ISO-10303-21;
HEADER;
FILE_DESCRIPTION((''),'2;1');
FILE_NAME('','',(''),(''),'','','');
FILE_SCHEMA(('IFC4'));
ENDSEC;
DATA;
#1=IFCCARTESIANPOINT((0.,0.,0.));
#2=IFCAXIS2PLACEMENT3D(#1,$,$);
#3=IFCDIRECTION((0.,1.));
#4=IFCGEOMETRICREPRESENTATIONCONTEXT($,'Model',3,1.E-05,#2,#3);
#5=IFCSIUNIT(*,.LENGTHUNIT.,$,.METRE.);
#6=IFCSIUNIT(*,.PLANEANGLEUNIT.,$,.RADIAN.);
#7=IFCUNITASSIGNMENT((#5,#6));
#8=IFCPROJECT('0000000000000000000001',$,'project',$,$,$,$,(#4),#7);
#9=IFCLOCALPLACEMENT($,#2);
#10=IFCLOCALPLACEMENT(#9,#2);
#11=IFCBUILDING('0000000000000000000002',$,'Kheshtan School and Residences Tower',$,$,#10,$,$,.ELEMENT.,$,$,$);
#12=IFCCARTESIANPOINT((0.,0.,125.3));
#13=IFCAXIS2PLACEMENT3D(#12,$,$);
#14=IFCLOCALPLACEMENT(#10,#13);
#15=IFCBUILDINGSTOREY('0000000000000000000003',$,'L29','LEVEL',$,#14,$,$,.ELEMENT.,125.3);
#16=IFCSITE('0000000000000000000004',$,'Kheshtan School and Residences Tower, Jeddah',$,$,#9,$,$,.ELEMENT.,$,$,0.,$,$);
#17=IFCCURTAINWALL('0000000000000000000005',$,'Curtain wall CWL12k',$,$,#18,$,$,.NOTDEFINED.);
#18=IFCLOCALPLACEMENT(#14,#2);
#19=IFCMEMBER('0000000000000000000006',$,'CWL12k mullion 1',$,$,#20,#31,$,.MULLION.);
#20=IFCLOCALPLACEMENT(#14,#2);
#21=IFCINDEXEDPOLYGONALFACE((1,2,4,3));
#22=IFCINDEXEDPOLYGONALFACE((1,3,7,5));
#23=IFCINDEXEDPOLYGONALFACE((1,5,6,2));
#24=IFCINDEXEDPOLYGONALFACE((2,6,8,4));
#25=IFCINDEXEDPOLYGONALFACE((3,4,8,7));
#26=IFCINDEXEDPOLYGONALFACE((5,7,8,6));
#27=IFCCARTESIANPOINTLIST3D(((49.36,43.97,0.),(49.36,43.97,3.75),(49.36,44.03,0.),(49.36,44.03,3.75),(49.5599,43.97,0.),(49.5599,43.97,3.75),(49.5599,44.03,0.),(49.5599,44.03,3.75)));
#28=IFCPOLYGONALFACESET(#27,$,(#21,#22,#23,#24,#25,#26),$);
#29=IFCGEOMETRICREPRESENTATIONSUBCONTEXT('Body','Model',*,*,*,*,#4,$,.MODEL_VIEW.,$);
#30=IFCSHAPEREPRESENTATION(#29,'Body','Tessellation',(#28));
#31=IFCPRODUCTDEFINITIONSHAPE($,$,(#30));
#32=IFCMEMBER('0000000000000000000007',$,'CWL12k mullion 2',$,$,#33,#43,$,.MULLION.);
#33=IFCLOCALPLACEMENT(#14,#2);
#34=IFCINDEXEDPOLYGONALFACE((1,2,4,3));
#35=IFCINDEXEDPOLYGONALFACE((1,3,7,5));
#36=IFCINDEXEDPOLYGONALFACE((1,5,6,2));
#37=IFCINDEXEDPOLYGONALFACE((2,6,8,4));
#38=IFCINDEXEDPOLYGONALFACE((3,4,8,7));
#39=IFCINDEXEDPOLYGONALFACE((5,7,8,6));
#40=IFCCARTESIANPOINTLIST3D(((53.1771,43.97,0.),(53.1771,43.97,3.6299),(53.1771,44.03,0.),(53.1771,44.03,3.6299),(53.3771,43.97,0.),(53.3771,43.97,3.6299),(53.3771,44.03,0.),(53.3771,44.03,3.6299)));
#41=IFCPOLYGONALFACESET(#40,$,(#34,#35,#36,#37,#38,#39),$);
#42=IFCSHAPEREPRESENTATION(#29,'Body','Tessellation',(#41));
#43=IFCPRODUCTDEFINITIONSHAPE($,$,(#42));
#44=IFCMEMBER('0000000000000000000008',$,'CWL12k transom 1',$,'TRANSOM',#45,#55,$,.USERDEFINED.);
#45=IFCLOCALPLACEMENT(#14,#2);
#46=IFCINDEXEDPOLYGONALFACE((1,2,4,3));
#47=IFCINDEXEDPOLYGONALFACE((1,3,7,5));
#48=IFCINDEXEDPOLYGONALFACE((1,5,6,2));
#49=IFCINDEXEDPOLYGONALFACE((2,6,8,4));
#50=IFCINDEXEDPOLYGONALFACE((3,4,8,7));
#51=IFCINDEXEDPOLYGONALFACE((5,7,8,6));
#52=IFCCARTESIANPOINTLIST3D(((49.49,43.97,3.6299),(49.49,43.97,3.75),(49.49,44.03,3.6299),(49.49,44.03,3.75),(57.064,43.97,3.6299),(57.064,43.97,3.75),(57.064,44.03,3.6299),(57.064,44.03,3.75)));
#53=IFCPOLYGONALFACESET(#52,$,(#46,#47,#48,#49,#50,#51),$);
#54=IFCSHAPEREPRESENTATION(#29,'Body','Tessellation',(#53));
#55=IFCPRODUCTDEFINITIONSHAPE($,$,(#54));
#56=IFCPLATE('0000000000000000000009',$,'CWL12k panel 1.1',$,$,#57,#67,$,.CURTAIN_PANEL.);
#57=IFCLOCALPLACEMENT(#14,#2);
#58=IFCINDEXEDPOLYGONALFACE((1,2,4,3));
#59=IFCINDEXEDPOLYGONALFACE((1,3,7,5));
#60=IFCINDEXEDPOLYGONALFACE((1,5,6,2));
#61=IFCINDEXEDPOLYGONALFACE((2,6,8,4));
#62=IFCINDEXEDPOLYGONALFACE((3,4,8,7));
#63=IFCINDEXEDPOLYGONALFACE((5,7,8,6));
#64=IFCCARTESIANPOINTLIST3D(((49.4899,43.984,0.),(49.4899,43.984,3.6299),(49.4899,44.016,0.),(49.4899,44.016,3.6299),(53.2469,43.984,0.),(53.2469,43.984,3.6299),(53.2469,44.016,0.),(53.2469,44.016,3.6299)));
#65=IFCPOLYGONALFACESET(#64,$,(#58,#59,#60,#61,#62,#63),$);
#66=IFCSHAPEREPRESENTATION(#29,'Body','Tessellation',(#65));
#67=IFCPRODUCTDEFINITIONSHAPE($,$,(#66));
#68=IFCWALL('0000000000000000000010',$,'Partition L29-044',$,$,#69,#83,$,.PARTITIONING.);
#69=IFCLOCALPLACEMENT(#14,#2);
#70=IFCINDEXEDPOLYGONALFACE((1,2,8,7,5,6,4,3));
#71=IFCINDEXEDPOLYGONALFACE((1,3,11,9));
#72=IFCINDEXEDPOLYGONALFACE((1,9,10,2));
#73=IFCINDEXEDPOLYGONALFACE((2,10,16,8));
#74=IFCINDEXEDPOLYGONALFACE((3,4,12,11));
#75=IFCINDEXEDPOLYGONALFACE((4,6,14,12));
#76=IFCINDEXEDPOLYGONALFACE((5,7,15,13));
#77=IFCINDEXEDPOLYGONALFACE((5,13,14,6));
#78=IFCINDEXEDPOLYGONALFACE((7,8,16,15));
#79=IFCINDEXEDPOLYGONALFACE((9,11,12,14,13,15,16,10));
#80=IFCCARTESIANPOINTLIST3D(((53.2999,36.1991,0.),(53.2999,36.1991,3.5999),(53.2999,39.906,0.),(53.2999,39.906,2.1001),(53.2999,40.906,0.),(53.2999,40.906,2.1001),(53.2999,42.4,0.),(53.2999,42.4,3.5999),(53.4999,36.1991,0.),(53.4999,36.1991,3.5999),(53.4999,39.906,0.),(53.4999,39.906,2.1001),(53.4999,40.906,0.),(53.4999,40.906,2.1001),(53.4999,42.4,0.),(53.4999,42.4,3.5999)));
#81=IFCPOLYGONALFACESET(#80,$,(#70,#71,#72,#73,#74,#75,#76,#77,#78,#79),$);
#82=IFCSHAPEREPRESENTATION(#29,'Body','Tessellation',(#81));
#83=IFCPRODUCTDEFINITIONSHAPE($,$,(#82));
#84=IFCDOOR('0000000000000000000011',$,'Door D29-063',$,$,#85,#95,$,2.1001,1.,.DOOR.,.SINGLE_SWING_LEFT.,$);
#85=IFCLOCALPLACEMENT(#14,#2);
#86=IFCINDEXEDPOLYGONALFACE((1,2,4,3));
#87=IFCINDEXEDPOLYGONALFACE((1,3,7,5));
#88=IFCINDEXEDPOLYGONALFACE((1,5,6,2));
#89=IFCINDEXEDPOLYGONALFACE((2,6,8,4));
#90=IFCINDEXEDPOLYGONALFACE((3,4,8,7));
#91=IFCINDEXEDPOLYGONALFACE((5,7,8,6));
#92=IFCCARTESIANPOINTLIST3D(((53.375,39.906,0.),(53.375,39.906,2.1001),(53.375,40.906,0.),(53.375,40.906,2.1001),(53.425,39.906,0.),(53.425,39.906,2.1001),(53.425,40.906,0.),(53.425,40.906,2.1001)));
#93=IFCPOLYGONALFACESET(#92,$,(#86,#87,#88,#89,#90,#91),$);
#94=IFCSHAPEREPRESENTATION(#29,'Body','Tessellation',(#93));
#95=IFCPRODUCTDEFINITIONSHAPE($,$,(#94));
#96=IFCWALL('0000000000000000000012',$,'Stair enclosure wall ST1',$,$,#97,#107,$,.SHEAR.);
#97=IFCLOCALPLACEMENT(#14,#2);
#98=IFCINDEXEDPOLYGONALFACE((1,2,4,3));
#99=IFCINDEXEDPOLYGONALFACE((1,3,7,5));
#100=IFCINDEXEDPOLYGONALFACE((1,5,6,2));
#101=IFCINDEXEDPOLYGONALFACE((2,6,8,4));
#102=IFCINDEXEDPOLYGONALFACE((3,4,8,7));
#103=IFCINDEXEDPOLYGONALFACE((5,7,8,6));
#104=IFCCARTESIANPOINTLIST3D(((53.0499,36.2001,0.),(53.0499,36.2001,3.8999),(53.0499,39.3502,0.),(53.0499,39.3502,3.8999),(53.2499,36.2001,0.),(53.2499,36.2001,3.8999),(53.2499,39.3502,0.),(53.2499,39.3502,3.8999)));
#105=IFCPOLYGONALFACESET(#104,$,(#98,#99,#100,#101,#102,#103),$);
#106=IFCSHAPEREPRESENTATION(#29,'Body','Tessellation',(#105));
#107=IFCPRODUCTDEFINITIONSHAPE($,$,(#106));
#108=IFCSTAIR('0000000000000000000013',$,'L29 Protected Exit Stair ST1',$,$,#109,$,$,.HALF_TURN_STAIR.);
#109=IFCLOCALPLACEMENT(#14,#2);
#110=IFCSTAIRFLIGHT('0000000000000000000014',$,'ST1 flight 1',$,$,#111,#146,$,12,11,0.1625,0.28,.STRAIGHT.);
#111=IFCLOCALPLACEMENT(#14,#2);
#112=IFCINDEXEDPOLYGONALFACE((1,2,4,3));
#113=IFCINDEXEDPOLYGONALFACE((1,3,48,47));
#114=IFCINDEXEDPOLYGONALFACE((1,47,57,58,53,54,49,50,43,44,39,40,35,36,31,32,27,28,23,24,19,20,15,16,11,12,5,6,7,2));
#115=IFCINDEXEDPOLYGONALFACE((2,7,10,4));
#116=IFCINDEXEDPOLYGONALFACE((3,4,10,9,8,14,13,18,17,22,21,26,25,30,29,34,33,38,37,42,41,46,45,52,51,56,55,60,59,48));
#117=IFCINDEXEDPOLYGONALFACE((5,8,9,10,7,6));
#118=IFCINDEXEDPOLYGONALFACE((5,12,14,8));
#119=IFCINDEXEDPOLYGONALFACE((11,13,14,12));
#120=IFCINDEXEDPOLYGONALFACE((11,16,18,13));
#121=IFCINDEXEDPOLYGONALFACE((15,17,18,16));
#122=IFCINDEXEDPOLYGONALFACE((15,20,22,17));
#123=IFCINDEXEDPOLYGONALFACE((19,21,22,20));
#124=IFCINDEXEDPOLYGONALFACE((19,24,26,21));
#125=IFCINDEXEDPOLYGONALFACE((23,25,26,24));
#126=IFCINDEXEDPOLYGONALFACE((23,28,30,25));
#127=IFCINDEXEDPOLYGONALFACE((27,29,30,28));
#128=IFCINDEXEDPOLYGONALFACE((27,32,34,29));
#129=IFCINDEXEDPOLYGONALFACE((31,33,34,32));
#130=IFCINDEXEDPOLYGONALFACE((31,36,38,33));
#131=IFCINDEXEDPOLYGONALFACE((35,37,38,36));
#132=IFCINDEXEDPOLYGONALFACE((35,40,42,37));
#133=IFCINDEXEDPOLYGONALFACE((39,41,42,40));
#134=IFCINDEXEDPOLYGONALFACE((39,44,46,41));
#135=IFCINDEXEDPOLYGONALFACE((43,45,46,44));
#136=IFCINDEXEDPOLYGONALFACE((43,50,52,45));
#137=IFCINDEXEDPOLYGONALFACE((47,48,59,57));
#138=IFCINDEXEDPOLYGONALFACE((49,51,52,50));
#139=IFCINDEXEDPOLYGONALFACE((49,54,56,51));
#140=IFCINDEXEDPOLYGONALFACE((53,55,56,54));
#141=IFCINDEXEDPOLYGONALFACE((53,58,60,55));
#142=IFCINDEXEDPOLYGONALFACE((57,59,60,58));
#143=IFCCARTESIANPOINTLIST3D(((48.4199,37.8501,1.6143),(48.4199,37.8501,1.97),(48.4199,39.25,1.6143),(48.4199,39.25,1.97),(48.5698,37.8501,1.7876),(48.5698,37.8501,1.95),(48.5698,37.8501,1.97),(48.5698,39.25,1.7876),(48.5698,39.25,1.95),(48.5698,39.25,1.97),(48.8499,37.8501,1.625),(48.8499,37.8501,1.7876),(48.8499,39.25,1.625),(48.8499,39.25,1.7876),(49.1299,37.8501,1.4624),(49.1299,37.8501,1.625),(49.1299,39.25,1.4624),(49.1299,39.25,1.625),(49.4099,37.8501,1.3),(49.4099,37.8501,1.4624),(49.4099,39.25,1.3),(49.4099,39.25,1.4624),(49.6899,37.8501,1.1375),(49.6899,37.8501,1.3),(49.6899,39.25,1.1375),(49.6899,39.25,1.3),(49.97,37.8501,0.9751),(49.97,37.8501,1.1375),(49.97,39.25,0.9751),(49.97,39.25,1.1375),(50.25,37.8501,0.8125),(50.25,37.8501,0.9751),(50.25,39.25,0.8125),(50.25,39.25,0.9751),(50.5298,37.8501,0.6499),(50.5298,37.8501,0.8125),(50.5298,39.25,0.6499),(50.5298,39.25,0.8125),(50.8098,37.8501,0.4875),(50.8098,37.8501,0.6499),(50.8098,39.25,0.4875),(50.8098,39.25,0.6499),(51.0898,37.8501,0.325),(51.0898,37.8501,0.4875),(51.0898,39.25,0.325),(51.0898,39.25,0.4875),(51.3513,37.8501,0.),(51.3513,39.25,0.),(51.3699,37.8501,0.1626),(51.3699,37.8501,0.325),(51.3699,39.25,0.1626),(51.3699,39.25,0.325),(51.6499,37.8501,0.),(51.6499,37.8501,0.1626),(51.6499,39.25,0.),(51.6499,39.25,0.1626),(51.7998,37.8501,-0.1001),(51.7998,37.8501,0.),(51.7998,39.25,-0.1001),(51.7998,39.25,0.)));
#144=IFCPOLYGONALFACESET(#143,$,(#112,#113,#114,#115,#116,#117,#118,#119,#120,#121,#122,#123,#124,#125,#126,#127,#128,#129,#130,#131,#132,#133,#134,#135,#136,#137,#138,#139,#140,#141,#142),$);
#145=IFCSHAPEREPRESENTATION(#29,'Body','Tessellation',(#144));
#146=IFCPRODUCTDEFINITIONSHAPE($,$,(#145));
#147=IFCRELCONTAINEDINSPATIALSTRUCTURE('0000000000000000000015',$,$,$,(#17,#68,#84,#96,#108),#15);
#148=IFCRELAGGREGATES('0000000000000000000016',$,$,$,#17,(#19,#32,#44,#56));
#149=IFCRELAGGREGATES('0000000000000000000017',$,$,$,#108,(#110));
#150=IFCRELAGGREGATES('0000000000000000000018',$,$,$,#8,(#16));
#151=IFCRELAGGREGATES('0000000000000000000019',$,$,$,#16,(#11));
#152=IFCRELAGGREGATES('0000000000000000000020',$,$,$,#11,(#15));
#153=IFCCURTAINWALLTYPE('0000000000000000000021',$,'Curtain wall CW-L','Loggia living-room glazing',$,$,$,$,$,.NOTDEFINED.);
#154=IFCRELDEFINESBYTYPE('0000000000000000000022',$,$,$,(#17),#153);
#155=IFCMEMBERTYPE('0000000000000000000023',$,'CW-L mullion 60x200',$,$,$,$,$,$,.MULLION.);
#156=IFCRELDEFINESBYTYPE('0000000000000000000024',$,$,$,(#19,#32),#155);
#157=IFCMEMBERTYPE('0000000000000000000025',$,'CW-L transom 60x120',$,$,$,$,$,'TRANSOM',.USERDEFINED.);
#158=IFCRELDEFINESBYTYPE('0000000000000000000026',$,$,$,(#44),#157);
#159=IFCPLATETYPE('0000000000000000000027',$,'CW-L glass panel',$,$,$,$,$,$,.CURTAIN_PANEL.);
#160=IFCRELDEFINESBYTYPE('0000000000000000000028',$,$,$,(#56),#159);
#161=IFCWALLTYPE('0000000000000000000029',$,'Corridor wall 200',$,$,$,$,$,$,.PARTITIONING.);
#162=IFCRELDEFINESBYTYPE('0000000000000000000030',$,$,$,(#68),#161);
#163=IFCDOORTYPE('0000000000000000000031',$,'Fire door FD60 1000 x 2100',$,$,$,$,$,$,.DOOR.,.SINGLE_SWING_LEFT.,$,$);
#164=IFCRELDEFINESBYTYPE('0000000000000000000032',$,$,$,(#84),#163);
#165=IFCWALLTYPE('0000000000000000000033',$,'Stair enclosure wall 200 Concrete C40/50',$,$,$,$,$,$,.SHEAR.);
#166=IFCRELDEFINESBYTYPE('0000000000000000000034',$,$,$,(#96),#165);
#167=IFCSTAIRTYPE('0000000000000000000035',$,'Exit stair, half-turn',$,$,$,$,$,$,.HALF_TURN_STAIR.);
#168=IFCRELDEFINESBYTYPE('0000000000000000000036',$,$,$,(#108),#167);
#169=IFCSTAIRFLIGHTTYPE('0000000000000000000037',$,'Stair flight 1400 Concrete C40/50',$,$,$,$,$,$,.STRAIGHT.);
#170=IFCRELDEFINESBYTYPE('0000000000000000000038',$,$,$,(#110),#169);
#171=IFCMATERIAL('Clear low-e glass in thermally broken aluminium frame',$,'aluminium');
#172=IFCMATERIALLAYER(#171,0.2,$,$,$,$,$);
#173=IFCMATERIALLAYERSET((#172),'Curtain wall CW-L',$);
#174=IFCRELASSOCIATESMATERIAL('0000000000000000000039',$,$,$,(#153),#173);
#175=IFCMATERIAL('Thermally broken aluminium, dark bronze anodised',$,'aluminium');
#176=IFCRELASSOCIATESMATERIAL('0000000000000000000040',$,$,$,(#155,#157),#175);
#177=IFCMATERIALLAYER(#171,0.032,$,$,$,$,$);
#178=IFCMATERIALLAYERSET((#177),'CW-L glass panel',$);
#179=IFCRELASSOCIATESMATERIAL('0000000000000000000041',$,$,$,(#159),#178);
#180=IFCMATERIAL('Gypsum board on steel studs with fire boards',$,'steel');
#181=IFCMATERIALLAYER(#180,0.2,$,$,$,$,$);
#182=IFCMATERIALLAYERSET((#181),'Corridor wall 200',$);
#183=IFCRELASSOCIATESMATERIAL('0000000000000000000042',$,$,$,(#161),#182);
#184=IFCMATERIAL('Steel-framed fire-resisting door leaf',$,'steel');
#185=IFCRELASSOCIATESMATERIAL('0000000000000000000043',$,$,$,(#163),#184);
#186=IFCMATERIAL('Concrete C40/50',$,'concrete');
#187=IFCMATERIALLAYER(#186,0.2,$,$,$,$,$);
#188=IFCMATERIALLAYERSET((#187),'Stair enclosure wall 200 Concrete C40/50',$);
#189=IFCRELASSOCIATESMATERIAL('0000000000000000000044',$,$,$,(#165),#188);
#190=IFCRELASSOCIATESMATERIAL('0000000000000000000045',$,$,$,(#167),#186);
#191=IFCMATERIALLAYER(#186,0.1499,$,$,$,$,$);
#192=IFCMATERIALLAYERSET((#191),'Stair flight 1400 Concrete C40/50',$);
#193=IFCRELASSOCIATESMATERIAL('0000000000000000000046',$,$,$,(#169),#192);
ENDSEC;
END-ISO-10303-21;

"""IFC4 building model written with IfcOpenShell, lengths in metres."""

from ifc_helpers import new_model, si_unit, direction, frame, frame_2d, origin, origin_2d, place, context, subcontext, project, spatial, polyline, rectangle, outline, extrude, source, transform, mapped, material, layer, layer_set, material_profile, profile_set, type_object, element, fill, aggregate, save


model = new_model("IFC4")

# Units and contexts
model_context = context("Model", 3, precision=1e-05, world=origin(), true_north=direction((0.0, 1.0)))
body_context = subcontext(model_context, "Body", "Model", "MODEL_VIEW")
ifc_project = project(units=[si_unit("LENGTHUNIT", "METRE"), si_unit("PLANEANGLEUNIT", "RADIAN")], contexts=[model_context])

# Site, building, storey
site_placement = place(None, origin())
site = spatial("IfcSite", under=ifc_project, at=site_placement, Name="Kheshtan School and Residences Tower, Jeddah", CompositionType="ELEMENT", RefElevation=0.0)
building_placement = place(site_placement, origin())
building = spatial("IfcBuilding", under=site, at=building_placement, Name="Kheshtan School and Residences Tower", CompositionType="ELEMENT")
storey_placement = place(building_placement, frame((0.0, 0.0, 125.3)))
storey = spatial("IfcBuildingStorey", under=building, at=storey_placement, Name="L29", Description="LEVEL", CompositionType="ELEMENT", Elevation=125.3)

# Curtain wall, members, plate
ifc_material_1 = material(Name="Clear low-e glass in thermally broken aluminium frame", Category="aluminium")
ifc_layer_1 = layer(ifc_material_1, 0.2)
ifc_layer_set_1 = layer_set([ifc_layer_1], Name="Curtain wall CW-L")
curtain_wall_type = type_object("IfcCurtainWallType", Name="Curtain wall CW-L", Description="Loggia living-room glazing", PredefinedType="NOTDEFINED", material=ifc_layer_set_1)
curtain_wall_placement = place(storey_placement, origin())
curtain_wall = element("IfcCurtainWall", 1, at=curtain_wall_placement, inside=storey, type_object=curtain_wall_type, Name="Curtain wall CWL12k", PredefinedType="NOTDEFINED")
ifc_material_2 = material(Name="Thermally broken aluminium, dark bronze anodised", Category="aluminium")
ifc_material_profile_1 = material_profile(ifc_material_2, rectangle(XDim=0.0601, YDim=0.2, at=origin_2d()), Name="CW-L mullion 60x200")
ifc_profile_set_1 = profile_set([ifc_material_profile_1], Name="Thermally broken aluminium, dark bronze anodised")
member_type_1 = type_object("IfcMemberType", Name="CW-L mullion 60x200", PredefinedType="MULLION", material=ifc_profile_set_1)
member_1_placement = place(storey_placement, frame((49.46, 44.0, 0.0), z_axis=(0.0, 0.0, 1.0), x_axis=(0.0, 1.0, 0.0)))
member_1 = element("IfcMember", 2, at=member_1_placement, type_object=member_type_1, Name="CWL12k mullion 1", PredefinedType="MULLION", context=body_context, shape_type="SweptSolid", body=[
    extrude(rectangle(XDim=0.0601, YDim=0.2, at=origin_2d()), origin(), (0.0, 0.0, 1.0), 3.75),
])
member_2_placement = place(storey_placement, frame((53.2771, 44.0, 0.0), z_axis=(0.0, 0.0, 1.0), x_axis=(0.0, 1.0, 0.0)))
member_2 = element("IfcMember", 3, at=member_2_placement, type_object=member_type_1, Name="CWL12k mullion 2", PredefinedType="MULLION", context=body_context, shape_type="SweptSolid", body=[
    extrude(rectangle(XDim=0.0601, YDim=0.2, at=origin_2d()), origin(), (0.0, 0.0, 1.0), 3.6299),
])
ifc_material_profile_2 = material_profile(ifc_material_2, rectangle(XDim=0.0601, YDim=0.1201, at=origin_2d()), Name="CW-L transom 60x120")
ifc_profile_set_2 = profile_set([ifc_material_profile_2], Name="Thermally broken aluminium, dark bronze anodised")
member_type_2 = type_object("IfcMemberType", Name="CW-L transom 60x120", ElementType="TRANSOM", PredefinedType="USERDEFINED", material=ifc_profile_set_2)
member_3_placement = place(storey_placement, frame((49.49, 44.0, 3.6899), z_axis=(1.0, 0.0, 0.0), x_axis=(0.0, 1.0, 0.0)))
member_3 = element("IfcMember", 4, at=member_3_placement, type_object=member_type_2, Name="CWL12k transom 1", ObjectType="TRANSOM", PredefinedType="USERDEFINED", context=body_context, shape_type="SweptSolid", body=[
    extrude(rectangle(XDim=0.0601, YDim=0.1201, at=origin_2d()), origin(), (0.0, 0.0, 1.0), 7.574),
])
ifc_layer_2 = layer(ifc_material_1, 0.032)
ifc_layer_set_2 = layer_set([ifc_layer_2], Name="CW-L glass panel")
plate_type = type_object("IfcPlateType", Name="CW-L glass panel", PredefinedType="CURTAIN_PANEL", material=ifc_layer_set_2)
plate_placement = place(storey_placement, frame((51.3684, 44.0, 0.0), z_axis=(0.0, 0.0, 1.0), x_axis=(1.0, 0.0, 0.0)))
plate = element("IfcPlate", 5, at=plate_placement, type_object=plate_type, Name="CWL12k panel 1.1", PredefinedType="CURTAIN_PANEL", context=body_context, shape_type="SweptSolid", body=[
    extrude(rectangle(XDim=3.7571, YDim=0.032, at=origin_2d()), origin(), (0.0, 0.0, 1.0), 3.6299),
])
aggregate(curtain_wall, [member_1, member_2, member_3, plate])

# Wall, opening, door
ifc_material_3 = material(Name="Gypsum board on steel studs with fire boards", Category="steel")
ifc_layer_3 = layer(ifc_material_3, 0.2)
ifc_layer_set_3 = layer_set([ifc_layer_3], Name="Corridor wall 200")
wall_type_1 = type_object("IfcWallType", Name="Corridor wall 200", PredefinedType="PARTITIONING", material=ifc_layer_set_3)
wall_1_placement = place(storey_placement, frame((53.3999, 36.199, 0.0), z_axis=(0.0, 0.0, 1.0), x_axis=(0.0, 1.0, 0.0)))
wall_1 = element("IfcWall", 6, at=wall_1_placement, inside=storey, type_object=wall_type_1, Name="Partition L29-044", PredefinedType="PARTITIONING", context=body_context, shape_type="SweptSolid", body=[
    extrude(rectangle(XDim=6.2009, YDim=0.2, at=frame_2d((3.1006, 0.0))), origin(), (0.0, 0.0, 1.0), 3.5999),
])
opening_placement = place(wall_1_placement, frame((3.707, 0.0, 0.0)))
opening = element("IfcOpeningElement", 7, at=opening_placement, cuts=wall_1, PredefinedType="OPENING", context=body_context, shape_type="SweptSolid", body=[
    extrude(rectangle(XDim=1.0, YDim=2.1001, at=frame_2d((0.5, 1.05))), frame((0.0, 0.1099, 0.0), z_axis=(0.0, -1.0, 0.0), x_axis=(1.0, 0.0, 0.0)), (0.0, 0.0, 1.0), 0.22),
])
ifc_material_4 = material(Name="Steel-framed fire-resisting door leaf", Category="steel")
door_type = type_object("IfcDoorType", Name="Fire door FD60 1000 x 2100", OperationType="SINGLE_SWING_LEFT", PredefinedType="DOOR", material=ifc_material_4)
shared_shape = source(origin(), body_context, "Body", "SweptSolid", [
    extrude(rectangle(XDim=1.0, YDim=2.1001, at=frame_2d((0.5, 1.05))), frame((0.0, 0.0249, 0.0), z_axis=(0.0, -1.0, 0.0), x_axis=(1.0, 0.0, 0.0)), (0.0, 0.0, 1.0), 0.05),
])
door_placement = place(opening_placement, origin())
door = element("IfcDoor", 8, at=door_placement, inside=storey, type_object=door_type, Name="Door D29-063", OperationType="SINGLE_SWING_LEFT", OverallHeight=2.1001, OverallWidth=1.0, PredefinedType="DOOR", context=body_context, shape_type="MappedRepresentation", body=[
    mapped(shared_shape, transform((0.0, 0.0, 0.0), x_axis=(1.0, 0.0, 0.0), y_axis=(0.0, 1.0, 0.0), z_axis=(0.0, 0.0, 1.0), scale=1.0)),
])
fill(opening, door)

# Wall
ifc_material_5 = material(Name="Concrete C40/50", Category="concrete")
ifc_layer_4 = layer(ifc_material_5, 0.2)
ifc_layer_set_4 = layer_set([ifc_layer_4], Name="Stair enclosure wall 200 Concrete C40/50")
wall_type_2 = type_object("IfcWallType", Name="Stair enclosure wall 200 Concrete C40/50", PredefinedType="SHEAR", material=ifc_layer_set_4)
wall_2_placement = place(storey_placement, frame((53.1499, 36.2, 0.0), z_axis=(0.0, 0.0, 1.0), x_axis=(0.0, 1.0, 0.0)))
element("IfcWall", 9, at=wall_2_placement, inside=storey, type_object=wall_type_2, Name="Stair enclosure wall ST1", PredefinedType="SHEAR", context=body_context, shape_type="SweptSolid", body=[
    extrude(rectangle(XDim=3.1501, YDim=0.2, at=frame_2d((1.5752, 0.0))), origin(), (0.0, 0.0, 1.0), 3.8999),
])

# Stair, stair flight
stair_type = type_object("IfcStairType", Name="Exit stair, half-turn", PredefinedType="HALF_TURN_STAIR", material=ifc_material_5)
stair_placement = place(storey_placement, origin())
stair = element("IfcStair", 10, at=stair_placement, inside=storey, type_object=stair_type, Name="L29 Protected Exit Stair ST1", PredefinedType="HALF_TURN_STAIR")
ifc_layer_5 = layer(ifc_material_5, 0.1499)
ifc_layer_set_5 = layer_set([ifc_layer_5], Name="Stair flight 1400 Concrete C40/50")
stair_flight_type = type_object("IfcStairFlightType", Name="Stair flight 1400 Concrete C40/50", PredefinedType="STRAIGHT", material=ifc_layer_set_5)
stair_flight_1_placement = place(storey_placement, frame((51.6499, 38.55, 0.0), z_axis=(0.0, 0.0, 1.0), x_axis=(-1.0, 0.0, 0.0)))
stair_flight_1 = element("IfcStairFlight", 11, at=stair_flight_1_placement, type_object=stair_flight_type, Name="ST1 flight 1", NumberOfRisers=12, NumberOfTreads=11, PredefinedType="STRAIGHT", RiserHeight=0.1625, TreadLength=0.28, context=body_context, shape_type="SweptSolid", body=[
    extrude(outline(polyline([(-0.1499, -0.1001), (-0.1499, 0.0), (0.0, 0.0), (0.0, 0.1626), (0.28, 0.1626), (0.28, 0.325), (0.5601, 0.325), (0.5601, 0.4875), (0.8401, 0.4875), (0.8401, 0.6499), (1.1201, 0.6499), (1.1201, 0.8125), (1.3999, 0.8125), (1.3999, 0.9751), (1.6799, 0.9751), (1.6799, 1.1375), (1.96, 1.1375), (1.96, 1.3), (2.24, 1.3), (2.24, 1.4624), (2.52, 1.4624), (2.52, 1.625), (2.8, 1.625), (2.8, 1.7876), (3.0801, 1.7876), (3.0801, 1.95), (3.0801, 1.97), (3.23, 1.97), (3.23, 1.6143), (0.2986, 0.0), (-0.1499, -0.1001)])), frame((0.0, 0.7, 0.0), z_axis=(0.0, -1.0, 0.0), x_axis=(1.0, 0.0, 0.0)), (0.0, 0.0, 1.0), 1.3999),
])
aggregate(stair, [stair_flight_1])

save(model, "model.ifc")
